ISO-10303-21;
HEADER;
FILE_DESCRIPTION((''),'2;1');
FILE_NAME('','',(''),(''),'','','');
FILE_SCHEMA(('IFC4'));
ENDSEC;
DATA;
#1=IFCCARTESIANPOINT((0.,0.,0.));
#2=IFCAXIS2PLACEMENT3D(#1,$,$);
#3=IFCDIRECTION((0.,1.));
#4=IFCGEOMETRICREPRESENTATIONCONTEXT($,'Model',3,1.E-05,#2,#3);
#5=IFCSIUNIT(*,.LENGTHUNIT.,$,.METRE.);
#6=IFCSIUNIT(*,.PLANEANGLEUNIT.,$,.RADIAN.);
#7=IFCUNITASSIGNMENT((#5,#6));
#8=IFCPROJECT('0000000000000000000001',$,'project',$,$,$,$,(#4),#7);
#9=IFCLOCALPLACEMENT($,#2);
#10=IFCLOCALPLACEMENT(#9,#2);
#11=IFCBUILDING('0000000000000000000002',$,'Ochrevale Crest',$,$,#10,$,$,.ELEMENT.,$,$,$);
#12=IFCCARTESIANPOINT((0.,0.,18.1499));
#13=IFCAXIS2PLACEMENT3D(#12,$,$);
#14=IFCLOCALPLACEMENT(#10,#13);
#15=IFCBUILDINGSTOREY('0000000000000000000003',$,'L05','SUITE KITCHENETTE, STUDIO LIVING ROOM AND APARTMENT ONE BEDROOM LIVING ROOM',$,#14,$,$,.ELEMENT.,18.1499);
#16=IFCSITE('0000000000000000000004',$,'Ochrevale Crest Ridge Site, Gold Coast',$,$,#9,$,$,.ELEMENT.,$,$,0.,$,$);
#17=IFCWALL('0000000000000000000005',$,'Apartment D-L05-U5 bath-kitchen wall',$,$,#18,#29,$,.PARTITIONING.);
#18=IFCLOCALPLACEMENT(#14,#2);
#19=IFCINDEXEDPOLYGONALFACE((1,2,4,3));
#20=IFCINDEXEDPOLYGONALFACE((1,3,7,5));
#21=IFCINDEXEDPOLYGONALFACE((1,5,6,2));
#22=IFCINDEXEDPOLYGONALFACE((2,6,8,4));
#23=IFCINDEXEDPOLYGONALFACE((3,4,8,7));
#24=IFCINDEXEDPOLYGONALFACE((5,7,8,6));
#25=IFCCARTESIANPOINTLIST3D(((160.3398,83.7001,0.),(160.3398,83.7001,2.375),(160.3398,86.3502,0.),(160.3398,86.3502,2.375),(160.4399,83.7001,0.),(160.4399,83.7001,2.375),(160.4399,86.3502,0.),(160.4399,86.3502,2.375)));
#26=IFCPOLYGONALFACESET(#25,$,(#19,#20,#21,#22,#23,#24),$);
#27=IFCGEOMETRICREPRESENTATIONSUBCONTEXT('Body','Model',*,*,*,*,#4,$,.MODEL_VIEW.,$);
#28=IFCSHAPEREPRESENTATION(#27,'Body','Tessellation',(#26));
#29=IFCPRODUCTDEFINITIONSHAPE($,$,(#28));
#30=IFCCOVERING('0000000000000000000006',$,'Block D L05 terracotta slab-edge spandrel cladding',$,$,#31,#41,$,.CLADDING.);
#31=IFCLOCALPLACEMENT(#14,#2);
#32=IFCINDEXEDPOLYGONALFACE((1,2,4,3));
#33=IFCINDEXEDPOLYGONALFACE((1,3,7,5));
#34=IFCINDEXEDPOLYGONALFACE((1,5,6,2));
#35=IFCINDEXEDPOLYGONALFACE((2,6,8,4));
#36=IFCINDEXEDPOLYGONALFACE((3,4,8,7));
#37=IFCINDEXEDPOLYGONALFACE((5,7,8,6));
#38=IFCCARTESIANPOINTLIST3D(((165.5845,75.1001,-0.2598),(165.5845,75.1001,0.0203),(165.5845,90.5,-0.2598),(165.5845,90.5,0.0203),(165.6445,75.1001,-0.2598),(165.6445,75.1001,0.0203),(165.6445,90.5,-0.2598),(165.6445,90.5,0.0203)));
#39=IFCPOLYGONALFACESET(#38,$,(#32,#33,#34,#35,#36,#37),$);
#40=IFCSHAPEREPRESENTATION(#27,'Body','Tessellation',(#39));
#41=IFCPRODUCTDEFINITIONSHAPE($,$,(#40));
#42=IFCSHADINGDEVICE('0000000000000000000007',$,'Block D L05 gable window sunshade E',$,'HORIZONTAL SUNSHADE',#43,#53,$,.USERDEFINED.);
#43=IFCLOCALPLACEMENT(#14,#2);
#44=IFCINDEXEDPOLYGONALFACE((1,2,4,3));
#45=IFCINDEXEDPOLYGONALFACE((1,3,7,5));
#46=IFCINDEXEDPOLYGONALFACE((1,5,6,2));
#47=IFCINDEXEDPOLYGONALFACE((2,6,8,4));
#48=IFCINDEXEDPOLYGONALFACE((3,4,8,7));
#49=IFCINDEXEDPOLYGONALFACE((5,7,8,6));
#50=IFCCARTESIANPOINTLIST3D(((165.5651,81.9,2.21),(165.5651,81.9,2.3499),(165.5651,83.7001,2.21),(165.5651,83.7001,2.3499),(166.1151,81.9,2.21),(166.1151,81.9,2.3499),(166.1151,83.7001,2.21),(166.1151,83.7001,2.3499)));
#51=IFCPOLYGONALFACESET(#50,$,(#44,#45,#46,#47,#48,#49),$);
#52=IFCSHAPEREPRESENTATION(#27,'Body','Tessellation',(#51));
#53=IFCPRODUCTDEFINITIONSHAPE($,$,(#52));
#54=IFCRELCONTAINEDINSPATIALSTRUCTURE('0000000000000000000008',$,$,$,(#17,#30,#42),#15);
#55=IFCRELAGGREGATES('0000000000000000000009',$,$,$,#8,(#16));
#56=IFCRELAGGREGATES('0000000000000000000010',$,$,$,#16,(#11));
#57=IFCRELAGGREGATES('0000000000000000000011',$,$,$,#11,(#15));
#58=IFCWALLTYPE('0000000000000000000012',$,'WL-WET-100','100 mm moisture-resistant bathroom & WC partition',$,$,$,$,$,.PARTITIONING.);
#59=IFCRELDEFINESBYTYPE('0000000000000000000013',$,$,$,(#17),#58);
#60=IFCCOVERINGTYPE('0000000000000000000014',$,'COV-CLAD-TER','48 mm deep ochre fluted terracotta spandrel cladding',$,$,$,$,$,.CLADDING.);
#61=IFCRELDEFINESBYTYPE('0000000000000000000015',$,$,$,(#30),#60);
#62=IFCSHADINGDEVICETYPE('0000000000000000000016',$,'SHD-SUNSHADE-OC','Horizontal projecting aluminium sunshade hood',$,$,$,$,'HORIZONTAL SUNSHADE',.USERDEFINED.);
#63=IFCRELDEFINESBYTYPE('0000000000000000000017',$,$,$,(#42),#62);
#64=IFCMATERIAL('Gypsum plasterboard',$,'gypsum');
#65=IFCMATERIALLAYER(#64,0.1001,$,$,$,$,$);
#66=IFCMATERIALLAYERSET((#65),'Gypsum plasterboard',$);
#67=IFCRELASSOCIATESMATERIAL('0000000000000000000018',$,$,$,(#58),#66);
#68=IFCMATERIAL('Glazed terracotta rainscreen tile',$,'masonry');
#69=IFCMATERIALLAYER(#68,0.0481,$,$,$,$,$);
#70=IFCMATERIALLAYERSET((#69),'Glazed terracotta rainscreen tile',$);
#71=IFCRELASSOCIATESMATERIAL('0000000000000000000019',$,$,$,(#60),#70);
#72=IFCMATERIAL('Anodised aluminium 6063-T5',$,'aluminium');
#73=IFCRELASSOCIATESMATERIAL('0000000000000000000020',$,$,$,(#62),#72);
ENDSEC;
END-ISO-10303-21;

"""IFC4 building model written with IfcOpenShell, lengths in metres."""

from ifc_helpers import new_model, si_unit, direction, frame, frame_2d, origin, origin_2d, place, context, subcontext, project, spatial, rectangle, extrude, material, layer, layer_set, type_object, element, save


model = new_model("IFC4")

# Units and contexts
model_context = context("Model", 3, precision=1e-05, world=origin(), true_north=direction((0.0, 1.0)))
body_context = subcontext(model_context, "Body", "Model", "MODEL_VIEW")
ifc_project = project(units=[si_unit("LENGTHUNIT", "METRE"), si_unit("PLANEANGLEUNIT", "RADIAN")], contexts=[model_context])

# Site, building, storey
site_placement = place(None, origin())
site = spatial("IfcSite", under=ifc_project, at=site_placement, Name="Ochrevale Crest Ridge Site, Gold Coast", CompositionType="ELEMENT", RefElevation=0.0)
building_placement = place(site_placement, origin())
building = spatial("IfcBuilding", under=site, at=building_placement, Name="Ochrevale Crest", CompositionType="ELEMENT")
storey_placement = place(building_placement, frame((0.0, 0.0, 18.1499)))
storey = spatial("IfcBuildingStorey", under=building, at=storey_placement, Name="L05", Description="SUITE KITCHENETTE, STUDIO LIVING ROOM AND APARTMENT ONE BEDROOM LIVING ROOM", CompositionType="ELEMENT", Elevation=18.1499)

# Shared definitions
ifc_material_1 = material(Name="Anodised aluminium 6063-T5", Category="aluminium")

# Shared definitions
ifc_material_2 = material(Name="Gypsum plasterboard", Category="gypsum")

# Wall
ifc_layer_1 = layer(ifc_material_2, 0.1001)
ifc_layer_set_1 = layer_set([ifc_layer_1], Name="Gypsum plasterboard")
wall_type_1 = type_object("IfcWallType", Name="WL-WET-100", Description="100 mm moisture-resistant bathroom & WC partition", PredefinedType="PARTITIONING", material=ifc_layer_set_1)
wall_1_placement = place(storey_placement, frame((160.3899, 83.7, 0.0), z_axis=(0.0, 0.0, 1.0), x_axis=(0.0, 1.0, 0.0)))
element("IfcWall", 1, at=wall_1_placement, inside=storey, type_object=wall_type_1, Name="Apartment D-L05-U5 bath-kitchen wall", PredefinedType="PARTITIONING", context=body_context, shape_type="SweptSolid", body=[
    extrude(rectangle(XDim=2.6501, YDim=0.1001, at=frame_2d((1.3252, 0.0))), origin(), (0.0, 0.0, 1.0), 2.375),
])

# Covering
ifc_material_3 = material(Name="Glazed terracotta rainscreen tile", Category="masonry")
ifc_layer_2 = layer(ifc_material_3, 0.0481)
ifc_layer_set_2 = layer_set([ifc_layer_2], Name="Glazed terracotta rainscreen tile")
covering_type = type_object("IfcCoveringType", Name="COV-CLAD-TER", Description="48 mm deep ochre fluted terracotta spandrel cladding", PredefinedType="CLADDING", material=ifc_layer_set_2)
covering_placement = place(storey_placement, frame((165.6145, 82.8, -0.2598), z_axis=(0.0, 0.0, 1.0), x_axis=(0.0, 1.0, 0.0)))
element("IfcCovering", 2, at=covering_placement, inside=storey, type_object=covering_type, Name="Block D L05 terracotta slab-edge spandrel cladding", PredefinedType="CLADDING", context=body_context, shape_type="SweptSolid", body=[
    extrude(rectangle(XDim=15.3999, YDim=0.0601, at=origin_2d()), origin(), (0.0, 0.0, 1.0), 0.28),
])

# Shading device
shading_device_type = type_object("IfcShadingDeviceType", Name="SHD-SUNSHADE-OC", Description="Horizontal projecting aluminium sunshade hood", ElementType="HORIZONTAL SUNSHADE", PredefinedType="USERDEFINED", material=ifc_material_1)
shading_device_placement = place(storey_placement, frame((165.8401, 82.8, 2.21), z_axis=(0.0, 0.0, 1.0), x_axis=(1.0, 0.0, 0.0)))
element("IfcShadingDevice", 3, at=shading_device_placement, inside=storey, type_object=shading_device_type, Name="Block D L05 gable window sunshade E", ObjectType="HORIZONTAL SUNSHADE", PredefinedType="USERDEFINED", context=body_context, shape_type="SweptSolid", body=[
    extrude(rectangle(XDim=0.55, YDim=1.8, at=origin_2d()), origin(), (0.0, 0.0, 1.0), 0.1399),
])

save(model, "model.ifc")
